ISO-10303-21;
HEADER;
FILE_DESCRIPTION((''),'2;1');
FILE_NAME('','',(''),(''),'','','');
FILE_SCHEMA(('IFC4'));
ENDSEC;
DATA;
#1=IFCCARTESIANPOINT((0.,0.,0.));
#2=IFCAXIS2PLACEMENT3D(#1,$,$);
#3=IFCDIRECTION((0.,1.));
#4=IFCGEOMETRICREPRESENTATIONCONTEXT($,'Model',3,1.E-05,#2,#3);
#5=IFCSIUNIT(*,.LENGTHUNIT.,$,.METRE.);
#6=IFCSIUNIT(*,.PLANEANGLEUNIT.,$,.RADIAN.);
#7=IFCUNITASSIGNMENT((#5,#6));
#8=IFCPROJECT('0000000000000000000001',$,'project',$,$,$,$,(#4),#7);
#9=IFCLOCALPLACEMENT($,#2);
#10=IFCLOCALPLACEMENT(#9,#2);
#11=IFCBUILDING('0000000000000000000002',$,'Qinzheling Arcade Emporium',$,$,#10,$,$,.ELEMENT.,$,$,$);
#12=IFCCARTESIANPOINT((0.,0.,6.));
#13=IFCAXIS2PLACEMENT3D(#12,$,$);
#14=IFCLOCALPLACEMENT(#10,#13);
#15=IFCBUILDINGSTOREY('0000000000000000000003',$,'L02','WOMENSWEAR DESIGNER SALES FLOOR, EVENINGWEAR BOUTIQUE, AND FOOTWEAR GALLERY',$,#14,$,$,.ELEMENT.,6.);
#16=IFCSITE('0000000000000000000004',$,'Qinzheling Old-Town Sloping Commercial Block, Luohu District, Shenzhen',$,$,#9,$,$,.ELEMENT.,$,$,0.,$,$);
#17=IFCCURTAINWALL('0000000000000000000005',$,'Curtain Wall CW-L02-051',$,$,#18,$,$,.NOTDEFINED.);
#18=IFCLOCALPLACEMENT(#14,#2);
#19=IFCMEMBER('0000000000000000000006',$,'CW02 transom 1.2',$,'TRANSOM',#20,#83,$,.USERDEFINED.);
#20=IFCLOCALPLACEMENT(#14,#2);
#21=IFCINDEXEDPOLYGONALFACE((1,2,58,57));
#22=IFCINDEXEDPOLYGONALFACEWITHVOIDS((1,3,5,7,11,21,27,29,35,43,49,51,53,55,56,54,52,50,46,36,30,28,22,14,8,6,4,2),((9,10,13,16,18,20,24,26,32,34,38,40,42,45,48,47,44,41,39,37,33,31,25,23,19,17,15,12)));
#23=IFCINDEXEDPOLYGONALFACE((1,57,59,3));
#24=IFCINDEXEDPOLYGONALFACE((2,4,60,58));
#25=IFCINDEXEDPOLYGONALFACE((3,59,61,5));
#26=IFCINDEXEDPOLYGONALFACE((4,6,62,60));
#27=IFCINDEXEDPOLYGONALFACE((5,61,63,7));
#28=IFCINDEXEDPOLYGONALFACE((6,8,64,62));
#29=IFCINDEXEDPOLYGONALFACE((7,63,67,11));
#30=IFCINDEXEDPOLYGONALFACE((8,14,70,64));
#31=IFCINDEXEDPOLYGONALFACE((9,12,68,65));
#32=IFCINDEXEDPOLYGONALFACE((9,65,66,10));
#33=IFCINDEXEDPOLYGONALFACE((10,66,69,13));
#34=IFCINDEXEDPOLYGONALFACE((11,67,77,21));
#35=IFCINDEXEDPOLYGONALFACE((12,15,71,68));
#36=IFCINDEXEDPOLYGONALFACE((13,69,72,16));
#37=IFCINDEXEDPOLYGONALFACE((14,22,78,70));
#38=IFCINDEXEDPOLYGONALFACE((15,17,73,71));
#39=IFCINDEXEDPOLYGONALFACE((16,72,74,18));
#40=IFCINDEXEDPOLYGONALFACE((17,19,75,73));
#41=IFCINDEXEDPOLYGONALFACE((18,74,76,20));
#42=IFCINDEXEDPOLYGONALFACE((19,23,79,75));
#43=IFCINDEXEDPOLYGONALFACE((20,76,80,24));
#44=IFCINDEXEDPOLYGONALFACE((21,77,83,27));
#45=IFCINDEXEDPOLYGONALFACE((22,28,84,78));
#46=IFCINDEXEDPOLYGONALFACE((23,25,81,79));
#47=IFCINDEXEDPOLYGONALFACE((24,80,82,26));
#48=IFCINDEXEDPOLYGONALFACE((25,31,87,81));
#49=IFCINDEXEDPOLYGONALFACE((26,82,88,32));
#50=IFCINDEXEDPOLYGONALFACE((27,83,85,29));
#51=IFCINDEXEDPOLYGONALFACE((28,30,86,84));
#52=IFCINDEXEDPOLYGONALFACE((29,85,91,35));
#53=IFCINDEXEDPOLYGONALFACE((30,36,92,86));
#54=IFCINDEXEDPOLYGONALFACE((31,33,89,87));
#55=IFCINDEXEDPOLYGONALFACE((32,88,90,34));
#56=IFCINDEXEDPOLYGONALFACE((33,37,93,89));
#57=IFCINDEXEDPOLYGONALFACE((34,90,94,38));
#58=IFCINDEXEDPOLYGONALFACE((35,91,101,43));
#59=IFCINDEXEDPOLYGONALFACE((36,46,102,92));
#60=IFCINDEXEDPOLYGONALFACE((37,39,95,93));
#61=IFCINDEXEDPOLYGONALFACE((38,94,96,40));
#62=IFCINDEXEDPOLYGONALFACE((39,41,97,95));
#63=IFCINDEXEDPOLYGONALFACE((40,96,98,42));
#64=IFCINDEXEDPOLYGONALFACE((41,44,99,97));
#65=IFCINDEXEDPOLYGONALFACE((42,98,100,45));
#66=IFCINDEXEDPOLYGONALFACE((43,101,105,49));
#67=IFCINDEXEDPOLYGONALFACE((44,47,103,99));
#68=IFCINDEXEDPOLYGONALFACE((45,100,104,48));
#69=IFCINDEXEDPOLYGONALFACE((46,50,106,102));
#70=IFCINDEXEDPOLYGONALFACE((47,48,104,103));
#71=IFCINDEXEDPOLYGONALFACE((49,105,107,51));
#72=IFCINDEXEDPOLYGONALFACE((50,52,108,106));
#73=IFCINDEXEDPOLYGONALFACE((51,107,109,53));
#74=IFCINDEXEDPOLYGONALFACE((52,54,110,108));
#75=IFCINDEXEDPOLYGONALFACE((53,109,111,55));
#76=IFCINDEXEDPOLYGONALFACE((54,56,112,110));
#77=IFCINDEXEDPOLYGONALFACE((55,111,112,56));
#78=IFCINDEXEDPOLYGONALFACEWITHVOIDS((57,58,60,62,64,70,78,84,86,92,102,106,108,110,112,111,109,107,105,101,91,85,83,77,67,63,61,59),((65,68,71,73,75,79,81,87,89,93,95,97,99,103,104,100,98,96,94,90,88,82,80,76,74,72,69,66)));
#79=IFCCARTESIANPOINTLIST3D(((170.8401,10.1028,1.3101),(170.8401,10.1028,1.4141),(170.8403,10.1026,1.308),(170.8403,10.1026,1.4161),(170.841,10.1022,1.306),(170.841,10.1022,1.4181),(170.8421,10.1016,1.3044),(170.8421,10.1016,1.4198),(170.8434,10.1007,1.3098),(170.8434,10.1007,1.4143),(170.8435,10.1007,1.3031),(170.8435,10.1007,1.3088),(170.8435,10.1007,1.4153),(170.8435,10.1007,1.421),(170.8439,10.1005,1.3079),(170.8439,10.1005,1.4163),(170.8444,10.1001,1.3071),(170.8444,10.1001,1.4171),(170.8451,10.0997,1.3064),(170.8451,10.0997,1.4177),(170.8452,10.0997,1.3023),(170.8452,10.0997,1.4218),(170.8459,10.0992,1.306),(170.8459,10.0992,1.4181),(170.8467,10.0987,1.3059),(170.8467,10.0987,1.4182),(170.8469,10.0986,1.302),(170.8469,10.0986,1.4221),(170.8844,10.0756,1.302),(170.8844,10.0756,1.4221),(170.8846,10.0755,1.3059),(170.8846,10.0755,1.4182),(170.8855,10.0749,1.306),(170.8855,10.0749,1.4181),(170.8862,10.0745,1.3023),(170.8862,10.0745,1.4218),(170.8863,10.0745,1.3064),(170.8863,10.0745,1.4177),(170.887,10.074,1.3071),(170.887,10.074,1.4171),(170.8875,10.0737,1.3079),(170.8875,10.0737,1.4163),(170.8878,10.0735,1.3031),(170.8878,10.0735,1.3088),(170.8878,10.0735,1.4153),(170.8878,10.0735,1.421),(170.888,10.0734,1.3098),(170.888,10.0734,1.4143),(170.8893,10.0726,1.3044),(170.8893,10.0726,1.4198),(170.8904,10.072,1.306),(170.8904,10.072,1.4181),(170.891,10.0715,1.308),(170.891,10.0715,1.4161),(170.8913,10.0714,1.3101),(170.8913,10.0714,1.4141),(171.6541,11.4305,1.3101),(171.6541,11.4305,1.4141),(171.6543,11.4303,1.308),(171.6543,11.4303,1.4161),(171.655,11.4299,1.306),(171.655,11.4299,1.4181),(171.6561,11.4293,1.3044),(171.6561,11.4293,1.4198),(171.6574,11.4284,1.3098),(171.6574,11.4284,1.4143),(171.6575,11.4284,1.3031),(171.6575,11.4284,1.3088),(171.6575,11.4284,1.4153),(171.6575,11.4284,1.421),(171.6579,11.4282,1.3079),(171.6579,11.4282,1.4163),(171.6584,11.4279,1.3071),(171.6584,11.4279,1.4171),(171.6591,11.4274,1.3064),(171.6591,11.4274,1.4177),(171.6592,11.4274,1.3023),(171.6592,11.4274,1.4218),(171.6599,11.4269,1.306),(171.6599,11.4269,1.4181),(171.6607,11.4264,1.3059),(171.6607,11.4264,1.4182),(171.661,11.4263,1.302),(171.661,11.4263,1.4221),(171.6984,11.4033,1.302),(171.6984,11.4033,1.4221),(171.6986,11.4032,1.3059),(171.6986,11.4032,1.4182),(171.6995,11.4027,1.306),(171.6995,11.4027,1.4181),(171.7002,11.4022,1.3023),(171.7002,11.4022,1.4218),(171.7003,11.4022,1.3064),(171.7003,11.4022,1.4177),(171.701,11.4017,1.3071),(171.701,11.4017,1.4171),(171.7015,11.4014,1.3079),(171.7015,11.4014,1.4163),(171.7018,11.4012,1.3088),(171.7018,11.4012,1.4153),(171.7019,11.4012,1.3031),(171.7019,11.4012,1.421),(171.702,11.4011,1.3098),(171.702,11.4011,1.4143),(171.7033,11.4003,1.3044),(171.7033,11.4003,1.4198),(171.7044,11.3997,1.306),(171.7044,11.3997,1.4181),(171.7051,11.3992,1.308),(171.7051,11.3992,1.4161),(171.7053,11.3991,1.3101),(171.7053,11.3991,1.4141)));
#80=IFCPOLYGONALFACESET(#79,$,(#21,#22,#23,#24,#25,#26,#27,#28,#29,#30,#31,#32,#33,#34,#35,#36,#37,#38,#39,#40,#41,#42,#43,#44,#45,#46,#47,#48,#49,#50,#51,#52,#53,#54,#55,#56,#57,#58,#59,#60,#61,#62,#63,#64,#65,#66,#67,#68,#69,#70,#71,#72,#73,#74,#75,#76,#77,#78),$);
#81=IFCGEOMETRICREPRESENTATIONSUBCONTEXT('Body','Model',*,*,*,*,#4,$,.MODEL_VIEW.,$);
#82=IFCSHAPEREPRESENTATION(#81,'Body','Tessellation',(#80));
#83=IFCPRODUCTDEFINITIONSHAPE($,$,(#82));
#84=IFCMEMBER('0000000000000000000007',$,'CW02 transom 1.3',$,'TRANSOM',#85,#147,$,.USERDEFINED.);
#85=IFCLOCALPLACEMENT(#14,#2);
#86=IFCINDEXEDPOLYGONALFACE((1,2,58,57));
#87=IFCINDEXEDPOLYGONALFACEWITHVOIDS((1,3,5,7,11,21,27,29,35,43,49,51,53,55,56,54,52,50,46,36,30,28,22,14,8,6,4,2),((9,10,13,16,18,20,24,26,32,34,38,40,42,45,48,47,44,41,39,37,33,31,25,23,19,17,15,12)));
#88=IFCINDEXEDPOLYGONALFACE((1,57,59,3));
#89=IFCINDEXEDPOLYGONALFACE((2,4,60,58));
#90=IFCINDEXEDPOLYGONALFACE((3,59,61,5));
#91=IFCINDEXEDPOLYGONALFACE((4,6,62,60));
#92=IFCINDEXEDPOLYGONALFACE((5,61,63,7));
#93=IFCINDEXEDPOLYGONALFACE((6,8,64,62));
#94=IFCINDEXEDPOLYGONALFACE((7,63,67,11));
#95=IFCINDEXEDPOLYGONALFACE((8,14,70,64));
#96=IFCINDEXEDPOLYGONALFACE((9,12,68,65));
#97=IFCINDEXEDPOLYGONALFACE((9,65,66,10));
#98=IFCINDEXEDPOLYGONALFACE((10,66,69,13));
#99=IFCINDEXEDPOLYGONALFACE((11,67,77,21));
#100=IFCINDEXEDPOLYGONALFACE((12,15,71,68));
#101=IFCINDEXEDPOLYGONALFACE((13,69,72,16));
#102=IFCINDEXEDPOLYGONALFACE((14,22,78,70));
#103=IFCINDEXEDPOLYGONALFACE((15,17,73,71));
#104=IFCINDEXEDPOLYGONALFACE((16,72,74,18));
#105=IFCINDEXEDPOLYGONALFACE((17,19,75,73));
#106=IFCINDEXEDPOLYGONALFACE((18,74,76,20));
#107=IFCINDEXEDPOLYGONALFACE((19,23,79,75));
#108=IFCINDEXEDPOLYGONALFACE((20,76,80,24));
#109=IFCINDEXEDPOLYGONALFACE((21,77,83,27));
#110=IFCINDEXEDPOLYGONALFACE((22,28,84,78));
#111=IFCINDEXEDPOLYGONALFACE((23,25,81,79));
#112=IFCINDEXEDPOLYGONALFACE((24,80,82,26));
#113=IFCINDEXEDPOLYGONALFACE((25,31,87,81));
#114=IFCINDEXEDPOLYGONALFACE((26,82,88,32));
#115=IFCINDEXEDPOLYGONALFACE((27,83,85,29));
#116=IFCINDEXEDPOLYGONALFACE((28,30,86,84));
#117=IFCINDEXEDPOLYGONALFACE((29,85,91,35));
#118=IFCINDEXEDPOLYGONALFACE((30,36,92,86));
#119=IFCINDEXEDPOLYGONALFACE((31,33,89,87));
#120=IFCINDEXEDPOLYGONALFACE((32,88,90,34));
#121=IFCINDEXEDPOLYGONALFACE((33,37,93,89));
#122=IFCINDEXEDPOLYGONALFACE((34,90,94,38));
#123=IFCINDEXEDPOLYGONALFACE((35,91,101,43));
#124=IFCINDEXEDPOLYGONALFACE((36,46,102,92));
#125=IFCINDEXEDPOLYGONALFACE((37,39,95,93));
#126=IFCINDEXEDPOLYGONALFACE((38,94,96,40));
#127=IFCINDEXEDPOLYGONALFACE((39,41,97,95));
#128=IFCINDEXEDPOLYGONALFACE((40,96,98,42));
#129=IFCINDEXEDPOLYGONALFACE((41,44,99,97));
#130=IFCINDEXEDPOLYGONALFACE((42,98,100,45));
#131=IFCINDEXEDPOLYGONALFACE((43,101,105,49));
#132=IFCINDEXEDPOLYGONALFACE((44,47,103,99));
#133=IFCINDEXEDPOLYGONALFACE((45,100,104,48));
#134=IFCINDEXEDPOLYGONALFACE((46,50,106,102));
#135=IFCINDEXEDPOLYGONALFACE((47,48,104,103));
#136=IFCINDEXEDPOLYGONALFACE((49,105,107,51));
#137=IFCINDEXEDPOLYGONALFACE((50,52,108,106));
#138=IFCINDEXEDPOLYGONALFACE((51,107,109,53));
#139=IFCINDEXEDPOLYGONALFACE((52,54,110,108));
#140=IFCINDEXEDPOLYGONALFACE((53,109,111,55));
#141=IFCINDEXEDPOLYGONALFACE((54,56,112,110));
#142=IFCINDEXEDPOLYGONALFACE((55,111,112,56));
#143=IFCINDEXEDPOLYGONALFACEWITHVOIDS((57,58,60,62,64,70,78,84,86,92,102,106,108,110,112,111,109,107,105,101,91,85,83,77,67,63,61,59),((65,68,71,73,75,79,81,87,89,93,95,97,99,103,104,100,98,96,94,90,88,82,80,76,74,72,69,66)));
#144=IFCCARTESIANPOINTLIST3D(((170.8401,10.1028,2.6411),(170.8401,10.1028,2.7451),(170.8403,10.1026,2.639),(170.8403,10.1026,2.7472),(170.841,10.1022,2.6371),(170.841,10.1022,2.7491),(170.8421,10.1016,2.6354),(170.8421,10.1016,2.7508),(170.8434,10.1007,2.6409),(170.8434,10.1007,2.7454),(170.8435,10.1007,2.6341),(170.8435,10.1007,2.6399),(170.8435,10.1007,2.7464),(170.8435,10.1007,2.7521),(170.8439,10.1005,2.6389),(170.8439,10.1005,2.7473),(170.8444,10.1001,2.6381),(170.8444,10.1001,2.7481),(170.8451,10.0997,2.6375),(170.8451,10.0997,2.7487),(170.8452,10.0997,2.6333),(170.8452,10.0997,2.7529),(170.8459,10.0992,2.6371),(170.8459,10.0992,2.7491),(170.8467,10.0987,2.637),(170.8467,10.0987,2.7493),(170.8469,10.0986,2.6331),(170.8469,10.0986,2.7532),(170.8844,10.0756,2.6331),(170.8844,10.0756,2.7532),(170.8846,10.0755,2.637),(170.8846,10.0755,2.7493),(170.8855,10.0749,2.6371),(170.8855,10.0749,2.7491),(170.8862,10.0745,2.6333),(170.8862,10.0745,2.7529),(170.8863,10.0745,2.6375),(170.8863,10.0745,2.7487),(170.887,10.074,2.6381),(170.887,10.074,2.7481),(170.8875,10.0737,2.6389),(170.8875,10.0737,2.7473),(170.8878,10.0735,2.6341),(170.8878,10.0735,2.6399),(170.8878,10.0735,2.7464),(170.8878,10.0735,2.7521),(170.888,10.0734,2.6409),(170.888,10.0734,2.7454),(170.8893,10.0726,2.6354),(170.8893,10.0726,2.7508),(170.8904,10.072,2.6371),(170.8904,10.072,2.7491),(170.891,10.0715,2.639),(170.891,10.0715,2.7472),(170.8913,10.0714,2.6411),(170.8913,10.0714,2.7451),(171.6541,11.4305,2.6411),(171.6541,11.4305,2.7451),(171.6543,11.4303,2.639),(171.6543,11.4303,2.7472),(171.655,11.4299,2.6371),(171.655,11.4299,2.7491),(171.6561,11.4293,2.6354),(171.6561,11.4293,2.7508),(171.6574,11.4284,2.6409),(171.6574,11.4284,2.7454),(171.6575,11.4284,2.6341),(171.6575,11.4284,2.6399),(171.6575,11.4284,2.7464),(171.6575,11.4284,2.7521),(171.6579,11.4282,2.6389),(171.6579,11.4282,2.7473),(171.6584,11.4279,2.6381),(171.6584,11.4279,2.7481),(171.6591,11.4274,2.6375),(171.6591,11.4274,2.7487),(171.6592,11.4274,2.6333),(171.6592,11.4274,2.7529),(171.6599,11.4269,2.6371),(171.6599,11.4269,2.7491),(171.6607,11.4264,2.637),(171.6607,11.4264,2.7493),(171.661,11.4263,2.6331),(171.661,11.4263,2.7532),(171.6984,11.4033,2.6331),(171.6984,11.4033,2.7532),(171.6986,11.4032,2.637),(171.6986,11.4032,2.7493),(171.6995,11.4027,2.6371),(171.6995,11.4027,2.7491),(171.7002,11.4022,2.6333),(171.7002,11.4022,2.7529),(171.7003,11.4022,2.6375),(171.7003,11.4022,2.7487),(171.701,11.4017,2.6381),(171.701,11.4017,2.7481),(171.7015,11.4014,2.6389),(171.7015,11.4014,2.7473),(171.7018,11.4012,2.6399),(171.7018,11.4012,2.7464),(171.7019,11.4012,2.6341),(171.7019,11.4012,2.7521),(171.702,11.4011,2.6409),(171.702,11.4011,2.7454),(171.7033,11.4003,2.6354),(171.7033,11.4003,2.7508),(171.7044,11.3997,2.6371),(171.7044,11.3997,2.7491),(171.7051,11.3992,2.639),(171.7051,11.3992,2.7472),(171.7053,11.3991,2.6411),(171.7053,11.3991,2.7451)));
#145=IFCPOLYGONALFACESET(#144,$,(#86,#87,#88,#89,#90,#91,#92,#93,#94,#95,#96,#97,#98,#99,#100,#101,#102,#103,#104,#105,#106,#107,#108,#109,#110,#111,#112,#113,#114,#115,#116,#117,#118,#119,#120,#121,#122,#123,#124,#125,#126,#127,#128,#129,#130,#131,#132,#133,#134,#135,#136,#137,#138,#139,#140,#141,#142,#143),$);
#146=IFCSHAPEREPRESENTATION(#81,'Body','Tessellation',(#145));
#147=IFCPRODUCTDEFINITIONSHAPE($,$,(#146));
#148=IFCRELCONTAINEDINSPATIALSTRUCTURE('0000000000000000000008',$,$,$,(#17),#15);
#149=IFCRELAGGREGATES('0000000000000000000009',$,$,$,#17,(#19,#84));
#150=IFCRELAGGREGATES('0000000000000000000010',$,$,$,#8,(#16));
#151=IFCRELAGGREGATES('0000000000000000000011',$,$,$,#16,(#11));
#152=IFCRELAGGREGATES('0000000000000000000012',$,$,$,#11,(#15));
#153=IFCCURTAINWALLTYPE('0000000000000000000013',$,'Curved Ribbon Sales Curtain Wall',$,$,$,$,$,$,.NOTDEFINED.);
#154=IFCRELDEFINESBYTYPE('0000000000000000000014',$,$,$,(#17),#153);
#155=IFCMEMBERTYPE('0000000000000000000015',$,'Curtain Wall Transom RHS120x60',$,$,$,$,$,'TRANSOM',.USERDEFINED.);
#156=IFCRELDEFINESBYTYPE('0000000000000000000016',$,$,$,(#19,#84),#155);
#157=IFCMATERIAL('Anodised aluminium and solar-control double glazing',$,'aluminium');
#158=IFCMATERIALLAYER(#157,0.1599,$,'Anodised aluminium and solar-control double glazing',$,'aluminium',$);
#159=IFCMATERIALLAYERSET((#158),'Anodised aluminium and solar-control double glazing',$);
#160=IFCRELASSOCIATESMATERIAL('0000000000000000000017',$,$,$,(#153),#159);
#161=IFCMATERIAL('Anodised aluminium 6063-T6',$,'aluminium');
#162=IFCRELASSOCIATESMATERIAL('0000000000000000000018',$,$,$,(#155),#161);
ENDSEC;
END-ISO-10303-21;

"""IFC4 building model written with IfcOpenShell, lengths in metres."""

from ifc_helpers import new_model, si_unit, direction, frame, origin, origin_2d, place, context, subcontext, project, spatial, hollow_rectangle, extrude, material, layer, layer_set, material_profile, profile_set, type_object, element, aggregate, save


model = new_model("IFC4")

# Units and contexts
model_context = context("Model", 3, precision=1e-05, world=origin(), true_north=direction((0.0, 1.0)))
body_context = subcontext(model_context, "Body", "Model", "MODEL_VIEW")
ifc_project = project(units=[si_unit("LENGTHUNIT", "METRE"), si_unit("PLANEANGLEUNIT", "RADIAN")], contexts=[model_context])

# Site, building, storey
site_placement = place(None, origin())
site = spatial("IfcSite", under=ifc_project, at=site_placement, Name="Qinzheling Old-Town Sloping Commercial Block, Luohu District, Shenzhen", CompositionType="ELEMENT", RefElevation=0.0)
building_placement = place(site_placement, origin())
building = spatial("IfcBuilding", under=site, at=building_placement, Name="Qinzheling Arcade Emporium", CompositionType="ELEMENT")
storey_placement = place(building_placement, frame((0.0, 0.0, 6.0)))
storey = spatial("IfcBuildingStorey", under=building, at=storey_placement, Name="L02", Description="WOMENSWEAR DESIGNER SALES FLOOR, EVENINGWEAR BOUTIQUE, AND FOOTWEAR GALLERY", CompositionType="ELEMENT", Elevation=6.0)

# Curtain wall
ifc_material_1 = material(Name="Anodised aluminium and solar-control double glazing", Category="aluminium")
ifc_layer_1 = layer(ifc_material_1, 0.1599, Name="Anodised aluminium and solar-control double glazing", Category="aluminium")
ifc_layer_set_1 = layer_set([ifc_layer_1], Name="Anodised aluminium and solar-control double glazing")
curtain_wall_type = type_object("IfcCurtainWallType", Name="Curved Ribbon Sales Curtain Wall", PredefinedType="NOTDEFINED", material=ifc_layer_set_1)
curtain_wall_1_placement = place(storey_placement, origin())
curtain_wall_1 = element("IfcCurtainWall", 1, at=curtain_wall_1_placement, inside=storey, type_object=curtain_wall_type, Name="Curtain Wall CW-L02-051", PredefinedType="NOTDEFINED")
ifc_material_2 = material(Name="Anodised aluminium 6063-T6", Category="aluminium")

# Members
ifc_material_profile_1 = material_profile(ifc_material_2, hollow_rectangle(XDim=0.0601, YDim=0.1201, WallThickness=0.0039, InnerFilletRadius=0.0039, OuterFilletRadius=0.0081, at=origin_2d()), Name="RHS 120x60x4", Category="aluminium")
ifc_profile_set_1 = profile_set([ifc_material_profile_1], Name="Anodised aluminium 6063-T6")
member_type_1 = type_object("IfcMemberType", Name="Curtain Wall Transom RHS120x60", ElementType="TRANSOM", PredefinedType="USERDEFINED", material=ifc_profile_set_1)
member_1_placement = place(storey_placement, frame((171.6797, 11.4148, 1.3621), z_axis=(-0.52268, -0.852529, 0.0), x_axis=(0.852529, -0.52268, 0.0)))
member_1 = element("IfcMember", 2, at=member_1_placement, type_object=member_type_1, Name="CW02 transom 1.2", ObjectType="TRANSOM", PredefinedType="USERDEFINED", context=body_context, shape_type="SweptSolid", body=[
    extrude(hollow_rectangle(XDim=0.0601, YDim=0.1201, WallThickness=0.0039, InnerFilletRadius=0.0039, OuterFilletRadius=0.0081, at=origin_2d()), origin(), (0.0, 0.0, 1.0), 1.5574),
])
member_2_placement = place(storey_placement, frame((171.6797, 11.4148, 2.6931), z_axis=(-0.52268, -0.852529, 0.0), x_axis=(0.852529, -0.52268, 0.0)))
member_2 = element("IfcMember", 3, at=member_2_placement, type_object=member_type_1, Name="CW02 transom 1.3", ObjectType="TRANSOM", PredefinedType="USERDEFINED", context=body_context, shape_type="SweptSolid", body=[
    extrude(hollow_rectangle(XDim=0.0601, YDim=0.1201, WallThickness=0.0039, InnerFilletRadius=0.0039, OuterFilletRadius=0.0081, at=origin_2d()), origin(), (0.0, 0.0, 1.0), 1.5574),
])

aggregate(curtain_wall_1, [member_1, member_2])

save(model, "model.ifc")
